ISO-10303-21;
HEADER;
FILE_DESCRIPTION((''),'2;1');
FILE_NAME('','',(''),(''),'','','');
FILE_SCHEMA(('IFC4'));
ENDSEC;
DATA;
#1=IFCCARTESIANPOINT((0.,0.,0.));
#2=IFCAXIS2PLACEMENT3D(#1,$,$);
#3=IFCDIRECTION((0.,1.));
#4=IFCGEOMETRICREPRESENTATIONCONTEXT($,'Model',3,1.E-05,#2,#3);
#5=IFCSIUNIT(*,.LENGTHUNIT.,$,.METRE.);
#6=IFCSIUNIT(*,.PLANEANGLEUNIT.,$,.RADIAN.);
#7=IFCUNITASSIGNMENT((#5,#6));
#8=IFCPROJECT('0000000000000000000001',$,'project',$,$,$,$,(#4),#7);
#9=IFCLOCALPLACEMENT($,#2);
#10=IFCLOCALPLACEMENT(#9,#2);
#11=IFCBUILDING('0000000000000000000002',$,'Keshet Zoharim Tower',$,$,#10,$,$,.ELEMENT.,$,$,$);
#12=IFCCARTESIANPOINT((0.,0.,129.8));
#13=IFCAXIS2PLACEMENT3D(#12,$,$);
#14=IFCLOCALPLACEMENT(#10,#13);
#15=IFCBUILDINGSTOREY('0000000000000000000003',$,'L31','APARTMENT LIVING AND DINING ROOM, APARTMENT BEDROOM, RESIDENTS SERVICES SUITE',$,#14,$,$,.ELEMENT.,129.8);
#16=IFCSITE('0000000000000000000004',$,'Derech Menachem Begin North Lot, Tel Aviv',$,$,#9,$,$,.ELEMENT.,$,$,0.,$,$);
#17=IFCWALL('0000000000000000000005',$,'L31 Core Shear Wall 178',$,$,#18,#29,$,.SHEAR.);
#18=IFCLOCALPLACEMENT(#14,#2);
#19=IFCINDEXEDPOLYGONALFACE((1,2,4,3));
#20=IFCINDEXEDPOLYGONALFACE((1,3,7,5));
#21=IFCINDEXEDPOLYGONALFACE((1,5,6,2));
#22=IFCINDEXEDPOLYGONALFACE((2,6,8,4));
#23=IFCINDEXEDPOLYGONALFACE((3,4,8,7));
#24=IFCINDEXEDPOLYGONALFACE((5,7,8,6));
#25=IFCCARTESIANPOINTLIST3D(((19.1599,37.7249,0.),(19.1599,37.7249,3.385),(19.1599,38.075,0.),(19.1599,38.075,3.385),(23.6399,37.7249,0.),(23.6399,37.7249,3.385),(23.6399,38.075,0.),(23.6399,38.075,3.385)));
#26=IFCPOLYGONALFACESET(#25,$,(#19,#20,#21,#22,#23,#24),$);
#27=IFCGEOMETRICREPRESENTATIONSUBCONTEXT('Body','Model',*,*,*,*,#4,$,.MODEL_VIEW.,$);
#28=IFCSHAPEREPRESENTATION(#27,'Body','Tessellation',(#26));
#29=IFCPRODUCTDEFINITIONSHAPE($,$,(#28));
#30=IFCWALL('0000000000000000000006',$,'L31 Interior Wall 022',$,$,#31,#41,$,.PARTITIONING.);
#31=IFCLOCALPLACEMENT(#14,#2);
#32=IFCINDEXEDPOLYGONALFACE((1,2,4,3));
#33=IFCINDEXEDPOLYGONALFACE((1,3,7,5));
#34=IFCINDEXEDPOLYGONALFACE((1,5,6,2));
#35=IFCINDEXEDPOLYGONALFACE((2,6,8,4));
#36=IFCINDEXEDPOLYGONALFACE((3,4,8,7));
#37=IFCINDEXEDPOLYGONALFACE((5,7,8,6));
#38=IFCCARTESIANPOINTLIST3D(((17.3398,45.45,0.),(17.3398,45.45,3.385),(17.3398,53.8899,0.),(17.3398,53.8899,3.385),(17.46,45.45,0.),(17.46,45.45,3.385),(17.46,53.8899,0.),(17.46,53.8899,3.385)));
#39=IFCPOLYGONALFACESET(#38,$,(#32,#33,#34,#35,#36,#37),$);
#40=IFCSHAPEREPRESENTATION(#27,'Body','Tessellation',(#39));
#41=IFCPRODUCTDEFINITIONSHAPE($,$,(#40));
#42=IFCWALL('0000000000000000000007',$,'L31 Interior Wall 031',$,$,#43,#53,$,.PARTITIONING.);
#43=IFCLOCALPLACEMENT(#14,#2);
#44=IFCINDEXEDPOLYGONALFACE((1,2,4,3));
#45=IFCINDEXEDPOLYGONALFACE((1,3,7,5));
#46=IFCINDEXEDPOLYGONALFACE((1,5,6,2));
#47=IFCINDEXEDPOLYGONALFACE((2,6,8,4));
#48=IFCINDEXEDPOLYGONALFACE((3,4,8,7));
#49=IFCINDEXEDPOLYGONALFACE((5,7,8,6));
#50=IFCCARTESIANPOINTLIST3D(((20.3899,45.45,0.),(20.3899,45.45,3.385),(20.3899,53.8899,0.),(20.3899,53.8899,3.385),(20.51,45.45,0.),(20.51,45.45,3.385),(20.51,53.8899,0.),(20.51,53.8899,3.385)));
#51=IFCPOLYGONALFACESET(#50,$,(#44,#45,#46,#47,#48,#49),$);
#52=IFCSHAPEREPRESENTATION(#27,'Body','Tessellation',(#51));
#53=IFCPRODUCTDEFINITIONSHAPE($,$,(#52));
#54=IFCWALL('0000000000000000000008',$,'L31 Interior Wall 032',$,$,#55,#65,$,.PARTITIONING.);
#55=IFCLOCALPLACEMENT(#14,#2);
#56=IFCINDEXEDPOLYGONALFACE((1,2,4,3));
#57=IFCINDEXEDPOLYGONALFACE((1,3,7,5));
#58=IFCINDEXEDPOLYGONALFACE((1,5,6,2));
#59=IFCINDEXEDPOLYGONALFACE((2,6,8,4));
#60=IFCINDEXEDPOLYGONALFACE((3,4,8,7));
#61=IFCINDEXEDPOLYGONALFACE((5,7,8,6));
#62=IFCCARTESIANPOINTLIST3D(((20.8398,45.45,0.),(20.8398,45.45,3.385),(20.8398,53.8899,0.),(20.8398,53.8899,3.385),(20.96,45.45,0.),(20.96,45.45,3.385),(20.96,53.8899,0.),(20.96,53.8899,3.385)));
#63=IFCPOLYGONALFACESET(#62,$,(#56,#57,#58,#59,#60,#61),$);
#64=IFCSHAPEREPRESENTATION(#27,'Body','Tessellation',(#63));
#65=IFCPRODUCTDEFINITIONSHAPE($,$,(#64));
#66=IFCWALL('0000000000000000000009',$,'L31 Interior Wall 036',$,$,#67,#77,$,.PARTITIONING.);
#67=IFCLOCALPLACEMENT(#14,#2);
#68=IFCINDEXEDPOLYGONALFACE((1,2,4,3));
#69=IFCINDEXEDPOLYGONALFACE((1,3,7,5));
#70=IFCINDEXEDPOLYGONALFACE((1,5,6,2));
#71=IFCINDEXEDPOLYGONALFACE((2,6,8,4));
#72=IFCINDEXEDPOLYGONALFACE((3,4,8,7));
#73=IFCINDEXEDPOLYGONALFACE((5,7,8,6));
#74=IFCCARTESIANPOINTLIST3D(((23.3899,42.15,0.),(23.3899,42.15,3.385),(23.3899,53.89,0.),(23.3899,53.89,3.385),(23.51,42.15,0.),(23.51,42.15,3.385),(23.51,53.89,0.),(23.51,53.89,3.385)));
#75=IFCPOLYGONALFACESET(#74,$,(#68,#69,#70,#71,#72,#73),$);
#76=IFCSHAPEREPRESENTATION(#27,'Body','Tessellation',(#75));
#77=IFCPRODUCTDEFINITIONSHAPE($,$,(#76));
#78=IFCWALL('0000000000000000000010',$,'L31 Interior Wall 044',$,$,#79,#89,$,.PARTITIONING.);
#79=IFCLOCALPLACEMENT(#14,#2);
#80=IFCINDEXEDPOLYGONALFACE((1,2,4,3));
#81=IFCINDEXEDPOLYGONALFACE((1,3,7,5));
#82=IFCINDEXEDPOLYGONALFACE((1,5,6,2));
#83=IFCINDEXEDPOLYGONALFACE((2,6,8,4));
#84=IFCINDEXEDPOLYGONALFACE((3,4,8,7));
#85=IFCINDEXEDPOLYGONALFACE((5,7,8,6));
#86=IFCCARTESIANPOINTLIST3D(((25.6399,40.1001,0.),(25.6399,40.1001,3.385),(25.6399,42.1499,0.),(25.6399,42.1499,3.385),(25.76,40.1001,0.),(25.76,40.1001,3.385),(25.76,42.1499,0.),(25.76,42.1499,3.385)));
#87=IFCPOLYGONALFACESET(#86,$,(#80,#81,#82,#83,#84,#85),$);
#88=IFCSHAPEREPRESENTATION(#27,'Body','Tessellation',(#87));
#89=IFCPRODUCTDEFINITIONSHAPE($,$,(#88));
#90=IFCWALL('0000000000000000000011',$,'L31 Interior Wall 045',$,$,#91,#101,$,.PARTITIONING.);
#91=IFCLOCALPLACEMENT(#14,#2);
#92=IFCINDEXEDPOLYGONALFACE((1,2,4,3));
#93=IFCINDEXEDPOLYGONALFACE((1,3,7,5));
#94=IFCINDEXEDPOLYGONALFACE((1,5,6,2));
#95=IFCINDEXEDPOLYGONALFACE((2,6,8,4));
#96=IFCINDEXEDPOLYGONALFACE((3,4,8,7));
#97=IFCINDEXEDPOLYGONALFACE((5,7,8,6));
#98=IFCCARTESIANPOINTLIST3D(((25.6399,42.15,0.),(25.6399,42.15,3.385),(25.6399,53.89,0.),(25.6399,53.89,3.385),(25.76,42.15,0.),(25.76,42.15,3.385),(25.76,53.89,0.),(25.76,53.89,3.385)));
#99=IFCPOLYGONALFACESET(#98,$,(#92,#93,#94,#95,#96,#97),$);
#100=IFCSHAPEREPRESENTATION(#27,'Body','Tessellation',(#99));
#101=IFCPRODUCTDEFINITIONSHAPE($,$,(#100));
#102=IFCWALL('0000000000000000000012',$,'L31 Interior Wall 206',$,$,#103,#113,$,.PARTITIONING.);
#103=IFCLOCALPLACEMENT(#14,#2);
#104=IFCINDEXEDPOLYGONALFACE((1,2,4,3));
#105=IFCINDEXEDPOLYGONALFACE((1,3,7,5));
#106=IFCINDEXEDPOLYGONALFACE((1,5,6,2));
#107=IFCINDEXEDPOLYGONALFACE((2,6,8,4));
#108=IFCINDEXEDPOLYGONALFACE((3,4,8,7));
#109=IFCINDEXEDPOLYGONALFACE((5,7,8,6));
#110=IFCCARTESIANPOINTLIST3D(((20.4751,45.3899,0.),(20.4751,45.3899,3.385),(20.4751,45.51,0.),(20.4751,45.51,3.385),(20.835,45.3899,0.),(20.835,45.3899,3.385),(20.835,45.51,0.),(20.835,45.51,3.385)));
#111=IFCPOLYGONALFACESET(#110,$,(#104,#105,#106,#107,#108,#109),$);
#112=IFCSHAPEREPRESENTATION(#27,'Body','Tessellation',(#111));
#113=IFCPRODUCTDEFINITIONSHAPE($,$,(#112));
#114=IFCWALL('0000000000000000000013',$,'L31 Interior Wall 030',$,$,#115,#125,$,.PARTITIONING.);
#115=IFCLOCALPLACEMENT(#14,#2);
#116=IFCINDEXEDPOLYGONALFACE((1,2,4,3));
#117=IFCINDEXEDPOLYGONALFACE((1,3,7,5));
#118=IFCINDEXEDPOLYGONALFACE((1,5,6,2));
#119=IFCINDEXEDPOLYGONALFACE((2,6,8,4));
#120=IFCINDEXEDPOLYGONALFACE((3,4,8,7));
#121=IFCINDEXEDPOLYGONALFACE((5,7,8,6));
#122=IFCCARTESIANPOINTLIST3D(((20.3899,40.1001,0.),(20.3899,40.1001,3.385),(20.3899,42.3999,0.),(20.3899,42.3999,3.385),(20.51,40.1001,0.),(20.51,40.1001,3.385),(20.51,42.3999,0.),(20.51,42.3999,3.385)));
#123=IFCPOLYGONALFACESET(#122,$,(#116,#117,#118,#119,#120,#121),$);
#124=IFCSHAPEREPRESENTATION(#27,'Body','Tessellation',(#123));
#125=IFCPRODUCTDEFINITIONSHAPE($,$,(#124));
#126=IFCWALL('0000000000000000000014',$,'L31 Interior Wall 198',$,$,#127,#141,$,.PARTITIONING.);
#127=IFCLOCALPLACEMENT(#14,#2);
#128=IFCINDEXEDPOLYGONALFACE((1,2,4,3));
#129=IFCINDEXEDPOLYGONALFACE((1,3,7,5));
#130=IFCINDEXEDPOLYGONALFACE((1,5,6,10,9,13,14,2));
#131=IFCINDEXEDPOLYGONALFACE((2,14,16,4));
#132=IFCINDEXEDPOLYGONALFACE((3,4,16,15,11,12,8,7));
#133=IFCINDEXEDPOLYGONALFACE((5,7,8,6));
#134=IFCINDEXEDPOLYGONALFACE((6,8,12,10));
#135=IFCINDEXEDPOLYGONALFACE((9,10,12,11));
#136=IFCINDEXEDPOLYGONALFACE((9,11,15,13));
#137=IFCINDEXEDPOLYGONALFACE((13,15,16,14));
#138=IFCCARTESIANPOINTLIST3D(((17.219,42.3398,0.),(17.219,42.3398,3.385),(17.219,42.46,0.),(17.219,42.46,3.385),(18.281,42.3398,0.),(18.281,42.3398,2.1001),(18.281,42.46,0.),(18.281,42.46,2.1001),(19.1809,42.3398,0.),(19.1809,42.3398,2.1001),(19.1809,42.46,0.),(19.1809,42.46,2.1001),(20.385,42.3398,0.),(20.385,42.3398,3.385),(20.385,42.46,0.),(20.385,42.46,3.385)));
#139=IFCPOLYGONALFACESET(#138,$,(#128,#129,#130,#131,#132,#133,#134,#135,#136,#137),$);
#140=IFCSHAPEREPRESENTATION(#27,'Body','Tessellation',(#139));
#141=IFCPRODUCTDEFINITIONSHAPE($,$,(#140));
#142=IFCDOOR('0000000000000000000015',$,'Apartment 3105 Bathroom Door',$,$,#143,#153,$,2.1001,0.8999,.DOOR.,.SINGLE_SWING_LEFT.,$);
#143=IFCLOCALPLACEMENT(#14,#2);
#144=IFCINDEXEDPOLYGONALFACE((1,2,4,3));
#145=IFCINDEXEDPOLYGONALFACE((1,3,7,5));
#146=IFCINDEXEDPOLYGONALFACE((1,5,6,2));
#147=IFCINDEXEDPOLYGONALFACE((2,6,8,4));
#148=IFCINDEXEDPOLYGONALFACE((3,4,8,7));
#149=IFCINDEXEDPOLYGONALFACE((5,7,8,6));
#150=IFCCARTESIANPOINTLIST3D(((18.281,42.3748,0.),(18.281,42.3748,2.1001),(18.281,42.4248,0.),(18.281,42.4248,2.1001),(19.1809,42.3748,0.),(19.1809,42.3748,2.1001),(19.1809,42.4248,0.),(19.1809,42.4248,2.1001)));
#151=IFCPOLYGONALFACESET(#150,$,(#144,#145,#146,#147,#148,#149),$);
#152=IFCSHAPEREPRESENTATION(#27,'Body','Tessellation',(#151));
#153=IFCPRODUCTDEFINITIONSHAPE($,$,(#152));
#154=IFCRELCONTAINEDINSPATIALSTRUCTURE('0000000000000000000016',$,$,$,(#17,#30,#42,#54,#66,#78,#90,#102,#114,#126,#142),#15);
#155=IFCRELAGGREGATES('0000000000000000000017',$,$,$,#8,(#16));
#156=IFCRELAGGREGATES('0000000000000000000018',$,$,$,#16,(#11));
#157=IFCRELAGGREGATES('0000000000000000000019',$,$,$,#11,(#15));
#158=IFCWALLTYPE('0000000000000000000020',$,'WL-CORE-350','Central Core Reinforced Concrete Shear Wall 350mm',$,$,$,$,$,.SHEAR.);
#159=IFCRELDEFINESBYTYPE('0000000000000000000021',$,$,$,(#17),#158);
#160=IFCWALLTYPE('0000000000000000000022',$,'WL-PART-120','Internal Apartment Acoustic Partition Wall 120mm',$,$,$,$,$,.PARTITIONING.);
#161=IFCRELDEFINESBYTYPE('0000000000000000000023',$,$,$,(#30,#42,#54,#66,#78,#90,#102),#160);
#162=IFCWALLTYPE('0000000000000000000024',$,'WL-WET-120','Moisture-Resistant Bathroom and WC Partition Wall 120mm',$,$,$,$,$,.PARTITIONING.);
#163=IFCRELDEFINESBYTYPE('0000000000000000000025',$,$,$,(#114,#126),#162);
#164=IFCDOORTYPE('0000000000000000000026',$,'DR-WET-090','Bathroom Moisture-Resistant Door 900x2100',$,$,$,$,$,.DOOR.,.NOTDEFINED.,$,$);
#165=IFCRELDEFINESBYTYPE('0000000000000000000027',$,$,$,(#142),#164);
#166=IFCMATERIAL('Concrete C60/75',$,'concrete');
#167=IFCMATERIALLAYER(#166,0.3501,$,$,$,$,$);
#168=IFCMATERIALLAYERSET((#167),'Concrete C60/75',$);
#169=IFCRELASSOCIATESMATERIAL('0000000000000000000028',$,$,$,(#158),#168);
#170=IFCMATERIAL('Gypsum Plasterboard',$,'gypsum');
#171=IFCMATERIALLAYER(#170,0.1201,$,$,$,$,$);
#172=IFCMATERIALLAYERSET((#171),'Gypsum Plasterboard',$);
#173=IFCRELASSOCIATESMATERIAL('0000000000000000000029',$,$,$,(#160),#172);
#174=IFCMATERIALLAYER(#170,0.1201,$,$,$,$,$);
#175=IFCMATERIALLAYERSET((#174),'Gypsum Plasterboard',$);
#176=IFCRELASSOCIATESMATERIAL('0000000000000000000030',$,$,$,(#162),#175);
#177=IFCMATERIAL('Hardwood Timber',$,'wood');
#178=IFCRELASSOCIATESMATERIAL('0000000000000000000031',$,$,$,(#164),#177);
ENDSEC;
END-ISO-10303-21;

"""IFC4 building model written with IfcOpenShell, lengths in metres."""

from ifc_helpers import new_model, si_unit, direction, frame, frame_2d, origin, place, context, subcontext, project, spatial, rectangle, extrude, material, layer, layer_set, type_object, element, fill, save


model = new_model("IFC4")

# Units and contexts
model_context = context("Model", 3, precision=1e-05, world=origin(), true_north=direction((0.0, 1.0)))
body_context = subcontext(model_context, "Body", "Model", "MODEL_VIEW")
ifc_project = project(units=[si_unit("LENGTHUNIT", "METRE"), si_unit("PLANEANGLEUNIT", "RADIAN")], contexts=[model_context])

# Site, building, storey
site_placement = place(None, origin())
site = spatial("IfcSite", under=ifc_project, at=site_placement, Name="Derech Menachem Begin North Lot, Tel Aviv", CompositionType="ELEMENT", RefElevation=0.0)
building_placement = place(site_placement, origin())
building = spatial("IfcBuilding", under=site, at=building_placement, Name="Keshet Zoharim Tower", CompositionType="ELEMENT")
storey_placement = place(building_placement, frame((0.0, 0.0, 129.8)))
storey = spatial("IfcBuildingStorey", under=building, at=storey_placement, Name="L31", Description="APARTMENT LIVING AND DINING ROOM, APARTMENT BEDROOM, RESIDENTS SERVICES SUITE", CompositionType="ELEMENT", Elevation=129.8)

# Wall
ifc_material_1 = material(Name="Gypsum Plasterboard", Category="gypsum")
ifc_material_2 = material(Name="Concrete C60/75", Category="concrete")
ifc_layer_1 = layer(ifc_material_2, 0.3501)
ifc_layer_set_1 = layer_set([ifc_layer_1], Name="Concrete C60/75")
wall_type_1 = type_object("IfcWallType", Name="WL-CORE-350", Description="Central Core Reinforced Concrete Shear Wall 350mm", PredefinedType="SHEAR", material=ifc_layer_set_1)
wall_1_placement = place(storey_placement, frame((19.1599, 37.8999, 0.0), z_axis=(0.0, 0.0, 1.0), x_axis=(1.0, 0.0, 0.0)))
element("IfcWall", 1, at=wall_1_placement, inside=storey, type_object=wall_type_1, Name="L31 Core Shear Wall 178", PredefinedType="SHEAR", context=body_context, shape_type="SweptSolid", body=[
    extrude(rectangle(XDim=4.48, YDim=0.3501, at=frame_2d((2.24, 0.0))), origin(), (0.0, 0.0, 1.0), 3.385),
])

# Shared definitions
ifc_material_3 = material(Name="Hardwood Timber", Category="wood")

# Walls
ifc_layer_2 = layer(ifc_material_1, 0.1201)
ifc_layer_set_2 = layer_set([ifc_layer_2], Name="Gypsum Plasterboard")
wall_type_2 = type_object("IfcWallType", Name="WL-PART-120", Description="Internal Apartment Acoustic Partition Wall 120mm", PredefinedType="PARTITIONING", material=ifc_layer_set_2)
for number, where, z_axis, x_axis, name in (
    (2, (17.3999, 45.45, 0.0), (0.0, 0.0, 1.0), (0.0, 1.0, 0.0), "L31 Interior Wall 022"),
    (3, (20.45, 45.45, 0.0), (0.0, 0.0, 1.0), (0.0, 1.0, 0.0), "L31 Interior Wall 031"),
    (4, (20.8999, 45.45, 0.0), (0.0, 0.0, 1.0), (0.0, 1.0, 0.0), "L31 Interior Wall 032"),
):
    element("IfcWall", number, at=place(storey_placement, frame(where, z_axis=z_axis, x_axis=x_axis)), inside=storey, type_object=wall_type_2, Name=name, PredefinedType="PARTITIONING", context=body_context, shape_type="SweptSolid", body=[
        extrude(rectangle(XDim=8.4399, YDim=0.1201, at=frame_2d((4.22, 0.0))), origin(), (0.0, 0.0, 1.0), 3.385),
    ])
wall_2_placement = place(storey_placement, frame((23.45, 42.1499, 0.0), z_axis=(0.0, 0.0, 1.0), x_axis=(0.0, 1.0, 0.0)))
element("IfcWall", 5, at=wall_2_placement, inside=storey, type_object=wall_type_2, Name="L31 Interior Wall 036", PredefinedType="PARTITIONING", context=body_context, shape_type="SweptSolid", body=[
    extrude(rectangle(XDim=11.74, YDim=0.1201, at=frame_2d((5.8701, 0.0))), origin(), (0.0, 0.0, 1.0), 3.385),
])
wall_3_placement = place(storey_placement, frame((25.7, 40.1001, 0.0), z_axis=(0.0, 0.0, 1.0), x_axis=(0.0, 1.0, 0.0)))
element("IfcWall", 6, at=wall_3_placement, inside=storey, type_object=wall_type_2, Name="L31 Interior Wall 044", PredefinedType="PARTITIONING", context=body_context, shape_type="SweptSolid", body=[
    extrude(rectangle(XDim=2.0498, YDim=0.1201, at=frame_2d((1.0249, 0.0))), origin(), (0.0, 0.0, 1.0), 3.385),
])
wall_4_placement = place(storey_placement, frame((25.7, 42.1499, 0.0), z_axis=(0.0, 0.0, 1.0), x_axis=(0.0, 1.0, 0.0)))
element("IfcWall", 7, at=wall_4_placement, inside=storey, type_object=wall_type_2, Name="L31 Interior Wall 045", PredefinedType="PARTITIONING", context=body_context, shape_type="SweptSolid", body=[
    extrude(rectangle(XDim=11.74, YDim=0.1201, at=frame_2d((5.8701, 0.0))), origin(), (0.0, 0.0, 1.0), 3.385),
])

# Walls
wall_5_placement = place(storey_placement, frame((20.4751, 45.45, 0.0), z_axis=(0.0, 0.0, 1.0), x_axis=(1.0, 0.0, 0.0)))
element("IfcWall", 8, at=wall_5_placement, inside=storey, type_object=wall_type_2, Name="L31 Interior Wall 206", PredefinedType="PARTITIONING", context=body_context, shape_type="SweptSolid", body=[
    extrude(rectangle(XDim=0.3599, YDim=0.1201, at=frame_2d((0.1799, 0.0))), origin(), (0.0, 0.0, 1.0), 3.385),
])
ifc_layer_3 = layer(ifc_material_1, 0.1201)
ifc_layer_set_3 = layer_set([ifc_layer_3], Name="Gypsum Plasterboard")
wall_type_3 = type_object("IfcWallType", Name="WL-WET-120", Description="Moisture-Resistant Bathroom and WC Partition Wall 120mm", PredefinedType="PARTITIONING", material=ifc_layer_set_3)
wall_6_placement = place(storey_placement, frame((20.45, 40.1001, 0.0), z_axis=(0.0, 0.0, 1.0), x_axis=(0.0, 1.0, 0.0)))
element("IfcWall", 9, at=wall_6_placement, inside=storey, type_object=wall_type_3, Name="L31 Interior Wall 030", PredefinedType="PARTITIONING", context=body_context, shape_type="SweptSolid", body=[
    extrude(rectangle(XDim=2.2998, YDim=0.1201, at=frame_2d((1.1499, 0.0))), origin(), (0.0, 0.0, 1.0), 3.385),
])

# Wall, opening, door
wall_7_placement = place(storey_placement, frame((17.219, 42.3999, 0.0), z_axis=(0.0, 0.0, 1.0), x_axis=(1.0, 0.0, 0.0)))
wall_7 = element("IfcWall", 10, at=wall_7_placement, inside=storey, type_object=wall_type_3, Name="L31 Interior Wall 198", PredefinedType="PARTITIONING", context=body_context, shape_type="SweptSolid", body=[
    extrude(rectangle(XDim=3.166, YDim=0.1201, at=frame_2d((1.583, 0.0))), origin(), (0.0, 0.0, 1.0), 3.385),
])
opening_1_placement = place(wall_7_placement, frame((1.062, 0.0, 0.0)))
opening_1 = element("IfcOpeningElement", 11, at=opening_1_placement, cuts=wall_7, PredefinedType="OPENING", context=body_context, shape_type="SweptSolid", body=[
    extrude(rectangle(XDim=0.8999, YDim=2.1001, at=frame_2d((0.45, 1.05))), frame((0.0, 0.0701, 0.0), z_axis=(0.0, -1.0, 0.0), x_axis=(1.0, 0.0, 0.0)), (0.0, 0.0, 1.0), 0.1401),
])
door_type_1 = type_object("IfcDoorType", Name="DR-WET-090", Description="Bathroom Moisture-Resistant Door 900x2100", OperationType="NOTDEFINED", PredefinedType="DOOR", material=ifc_material_3)
door_1_placement = place(opening_1_placement, origin())
door_1 = element("IfcDoor", 12, at=door_1_placement, inside=storey, type_object=door_type_1, Name="Apartment 3105 Bathroom Door", OperationType="SINGLE_SWING_LEFT", OverallHeight=2.1001, OverallWidth=0.8999, PredefinedType="DOOR", context=body_context, shape_type="SweptSolid", body=[
    extrude(rectangle(XDim=0.8999, YDim=2.1001, at=frame_2d((0.45, 1.05))), frame((0.0, 0.0249, 0.0), z_axis=(0.0, -1.0, 0.0), x_axis=(1.0, 0.0, 0.0)), (0.0, 0.0, 1.0), 0.05),
])
fill(opening_1, door_1)

save(model, "model.ifc")
